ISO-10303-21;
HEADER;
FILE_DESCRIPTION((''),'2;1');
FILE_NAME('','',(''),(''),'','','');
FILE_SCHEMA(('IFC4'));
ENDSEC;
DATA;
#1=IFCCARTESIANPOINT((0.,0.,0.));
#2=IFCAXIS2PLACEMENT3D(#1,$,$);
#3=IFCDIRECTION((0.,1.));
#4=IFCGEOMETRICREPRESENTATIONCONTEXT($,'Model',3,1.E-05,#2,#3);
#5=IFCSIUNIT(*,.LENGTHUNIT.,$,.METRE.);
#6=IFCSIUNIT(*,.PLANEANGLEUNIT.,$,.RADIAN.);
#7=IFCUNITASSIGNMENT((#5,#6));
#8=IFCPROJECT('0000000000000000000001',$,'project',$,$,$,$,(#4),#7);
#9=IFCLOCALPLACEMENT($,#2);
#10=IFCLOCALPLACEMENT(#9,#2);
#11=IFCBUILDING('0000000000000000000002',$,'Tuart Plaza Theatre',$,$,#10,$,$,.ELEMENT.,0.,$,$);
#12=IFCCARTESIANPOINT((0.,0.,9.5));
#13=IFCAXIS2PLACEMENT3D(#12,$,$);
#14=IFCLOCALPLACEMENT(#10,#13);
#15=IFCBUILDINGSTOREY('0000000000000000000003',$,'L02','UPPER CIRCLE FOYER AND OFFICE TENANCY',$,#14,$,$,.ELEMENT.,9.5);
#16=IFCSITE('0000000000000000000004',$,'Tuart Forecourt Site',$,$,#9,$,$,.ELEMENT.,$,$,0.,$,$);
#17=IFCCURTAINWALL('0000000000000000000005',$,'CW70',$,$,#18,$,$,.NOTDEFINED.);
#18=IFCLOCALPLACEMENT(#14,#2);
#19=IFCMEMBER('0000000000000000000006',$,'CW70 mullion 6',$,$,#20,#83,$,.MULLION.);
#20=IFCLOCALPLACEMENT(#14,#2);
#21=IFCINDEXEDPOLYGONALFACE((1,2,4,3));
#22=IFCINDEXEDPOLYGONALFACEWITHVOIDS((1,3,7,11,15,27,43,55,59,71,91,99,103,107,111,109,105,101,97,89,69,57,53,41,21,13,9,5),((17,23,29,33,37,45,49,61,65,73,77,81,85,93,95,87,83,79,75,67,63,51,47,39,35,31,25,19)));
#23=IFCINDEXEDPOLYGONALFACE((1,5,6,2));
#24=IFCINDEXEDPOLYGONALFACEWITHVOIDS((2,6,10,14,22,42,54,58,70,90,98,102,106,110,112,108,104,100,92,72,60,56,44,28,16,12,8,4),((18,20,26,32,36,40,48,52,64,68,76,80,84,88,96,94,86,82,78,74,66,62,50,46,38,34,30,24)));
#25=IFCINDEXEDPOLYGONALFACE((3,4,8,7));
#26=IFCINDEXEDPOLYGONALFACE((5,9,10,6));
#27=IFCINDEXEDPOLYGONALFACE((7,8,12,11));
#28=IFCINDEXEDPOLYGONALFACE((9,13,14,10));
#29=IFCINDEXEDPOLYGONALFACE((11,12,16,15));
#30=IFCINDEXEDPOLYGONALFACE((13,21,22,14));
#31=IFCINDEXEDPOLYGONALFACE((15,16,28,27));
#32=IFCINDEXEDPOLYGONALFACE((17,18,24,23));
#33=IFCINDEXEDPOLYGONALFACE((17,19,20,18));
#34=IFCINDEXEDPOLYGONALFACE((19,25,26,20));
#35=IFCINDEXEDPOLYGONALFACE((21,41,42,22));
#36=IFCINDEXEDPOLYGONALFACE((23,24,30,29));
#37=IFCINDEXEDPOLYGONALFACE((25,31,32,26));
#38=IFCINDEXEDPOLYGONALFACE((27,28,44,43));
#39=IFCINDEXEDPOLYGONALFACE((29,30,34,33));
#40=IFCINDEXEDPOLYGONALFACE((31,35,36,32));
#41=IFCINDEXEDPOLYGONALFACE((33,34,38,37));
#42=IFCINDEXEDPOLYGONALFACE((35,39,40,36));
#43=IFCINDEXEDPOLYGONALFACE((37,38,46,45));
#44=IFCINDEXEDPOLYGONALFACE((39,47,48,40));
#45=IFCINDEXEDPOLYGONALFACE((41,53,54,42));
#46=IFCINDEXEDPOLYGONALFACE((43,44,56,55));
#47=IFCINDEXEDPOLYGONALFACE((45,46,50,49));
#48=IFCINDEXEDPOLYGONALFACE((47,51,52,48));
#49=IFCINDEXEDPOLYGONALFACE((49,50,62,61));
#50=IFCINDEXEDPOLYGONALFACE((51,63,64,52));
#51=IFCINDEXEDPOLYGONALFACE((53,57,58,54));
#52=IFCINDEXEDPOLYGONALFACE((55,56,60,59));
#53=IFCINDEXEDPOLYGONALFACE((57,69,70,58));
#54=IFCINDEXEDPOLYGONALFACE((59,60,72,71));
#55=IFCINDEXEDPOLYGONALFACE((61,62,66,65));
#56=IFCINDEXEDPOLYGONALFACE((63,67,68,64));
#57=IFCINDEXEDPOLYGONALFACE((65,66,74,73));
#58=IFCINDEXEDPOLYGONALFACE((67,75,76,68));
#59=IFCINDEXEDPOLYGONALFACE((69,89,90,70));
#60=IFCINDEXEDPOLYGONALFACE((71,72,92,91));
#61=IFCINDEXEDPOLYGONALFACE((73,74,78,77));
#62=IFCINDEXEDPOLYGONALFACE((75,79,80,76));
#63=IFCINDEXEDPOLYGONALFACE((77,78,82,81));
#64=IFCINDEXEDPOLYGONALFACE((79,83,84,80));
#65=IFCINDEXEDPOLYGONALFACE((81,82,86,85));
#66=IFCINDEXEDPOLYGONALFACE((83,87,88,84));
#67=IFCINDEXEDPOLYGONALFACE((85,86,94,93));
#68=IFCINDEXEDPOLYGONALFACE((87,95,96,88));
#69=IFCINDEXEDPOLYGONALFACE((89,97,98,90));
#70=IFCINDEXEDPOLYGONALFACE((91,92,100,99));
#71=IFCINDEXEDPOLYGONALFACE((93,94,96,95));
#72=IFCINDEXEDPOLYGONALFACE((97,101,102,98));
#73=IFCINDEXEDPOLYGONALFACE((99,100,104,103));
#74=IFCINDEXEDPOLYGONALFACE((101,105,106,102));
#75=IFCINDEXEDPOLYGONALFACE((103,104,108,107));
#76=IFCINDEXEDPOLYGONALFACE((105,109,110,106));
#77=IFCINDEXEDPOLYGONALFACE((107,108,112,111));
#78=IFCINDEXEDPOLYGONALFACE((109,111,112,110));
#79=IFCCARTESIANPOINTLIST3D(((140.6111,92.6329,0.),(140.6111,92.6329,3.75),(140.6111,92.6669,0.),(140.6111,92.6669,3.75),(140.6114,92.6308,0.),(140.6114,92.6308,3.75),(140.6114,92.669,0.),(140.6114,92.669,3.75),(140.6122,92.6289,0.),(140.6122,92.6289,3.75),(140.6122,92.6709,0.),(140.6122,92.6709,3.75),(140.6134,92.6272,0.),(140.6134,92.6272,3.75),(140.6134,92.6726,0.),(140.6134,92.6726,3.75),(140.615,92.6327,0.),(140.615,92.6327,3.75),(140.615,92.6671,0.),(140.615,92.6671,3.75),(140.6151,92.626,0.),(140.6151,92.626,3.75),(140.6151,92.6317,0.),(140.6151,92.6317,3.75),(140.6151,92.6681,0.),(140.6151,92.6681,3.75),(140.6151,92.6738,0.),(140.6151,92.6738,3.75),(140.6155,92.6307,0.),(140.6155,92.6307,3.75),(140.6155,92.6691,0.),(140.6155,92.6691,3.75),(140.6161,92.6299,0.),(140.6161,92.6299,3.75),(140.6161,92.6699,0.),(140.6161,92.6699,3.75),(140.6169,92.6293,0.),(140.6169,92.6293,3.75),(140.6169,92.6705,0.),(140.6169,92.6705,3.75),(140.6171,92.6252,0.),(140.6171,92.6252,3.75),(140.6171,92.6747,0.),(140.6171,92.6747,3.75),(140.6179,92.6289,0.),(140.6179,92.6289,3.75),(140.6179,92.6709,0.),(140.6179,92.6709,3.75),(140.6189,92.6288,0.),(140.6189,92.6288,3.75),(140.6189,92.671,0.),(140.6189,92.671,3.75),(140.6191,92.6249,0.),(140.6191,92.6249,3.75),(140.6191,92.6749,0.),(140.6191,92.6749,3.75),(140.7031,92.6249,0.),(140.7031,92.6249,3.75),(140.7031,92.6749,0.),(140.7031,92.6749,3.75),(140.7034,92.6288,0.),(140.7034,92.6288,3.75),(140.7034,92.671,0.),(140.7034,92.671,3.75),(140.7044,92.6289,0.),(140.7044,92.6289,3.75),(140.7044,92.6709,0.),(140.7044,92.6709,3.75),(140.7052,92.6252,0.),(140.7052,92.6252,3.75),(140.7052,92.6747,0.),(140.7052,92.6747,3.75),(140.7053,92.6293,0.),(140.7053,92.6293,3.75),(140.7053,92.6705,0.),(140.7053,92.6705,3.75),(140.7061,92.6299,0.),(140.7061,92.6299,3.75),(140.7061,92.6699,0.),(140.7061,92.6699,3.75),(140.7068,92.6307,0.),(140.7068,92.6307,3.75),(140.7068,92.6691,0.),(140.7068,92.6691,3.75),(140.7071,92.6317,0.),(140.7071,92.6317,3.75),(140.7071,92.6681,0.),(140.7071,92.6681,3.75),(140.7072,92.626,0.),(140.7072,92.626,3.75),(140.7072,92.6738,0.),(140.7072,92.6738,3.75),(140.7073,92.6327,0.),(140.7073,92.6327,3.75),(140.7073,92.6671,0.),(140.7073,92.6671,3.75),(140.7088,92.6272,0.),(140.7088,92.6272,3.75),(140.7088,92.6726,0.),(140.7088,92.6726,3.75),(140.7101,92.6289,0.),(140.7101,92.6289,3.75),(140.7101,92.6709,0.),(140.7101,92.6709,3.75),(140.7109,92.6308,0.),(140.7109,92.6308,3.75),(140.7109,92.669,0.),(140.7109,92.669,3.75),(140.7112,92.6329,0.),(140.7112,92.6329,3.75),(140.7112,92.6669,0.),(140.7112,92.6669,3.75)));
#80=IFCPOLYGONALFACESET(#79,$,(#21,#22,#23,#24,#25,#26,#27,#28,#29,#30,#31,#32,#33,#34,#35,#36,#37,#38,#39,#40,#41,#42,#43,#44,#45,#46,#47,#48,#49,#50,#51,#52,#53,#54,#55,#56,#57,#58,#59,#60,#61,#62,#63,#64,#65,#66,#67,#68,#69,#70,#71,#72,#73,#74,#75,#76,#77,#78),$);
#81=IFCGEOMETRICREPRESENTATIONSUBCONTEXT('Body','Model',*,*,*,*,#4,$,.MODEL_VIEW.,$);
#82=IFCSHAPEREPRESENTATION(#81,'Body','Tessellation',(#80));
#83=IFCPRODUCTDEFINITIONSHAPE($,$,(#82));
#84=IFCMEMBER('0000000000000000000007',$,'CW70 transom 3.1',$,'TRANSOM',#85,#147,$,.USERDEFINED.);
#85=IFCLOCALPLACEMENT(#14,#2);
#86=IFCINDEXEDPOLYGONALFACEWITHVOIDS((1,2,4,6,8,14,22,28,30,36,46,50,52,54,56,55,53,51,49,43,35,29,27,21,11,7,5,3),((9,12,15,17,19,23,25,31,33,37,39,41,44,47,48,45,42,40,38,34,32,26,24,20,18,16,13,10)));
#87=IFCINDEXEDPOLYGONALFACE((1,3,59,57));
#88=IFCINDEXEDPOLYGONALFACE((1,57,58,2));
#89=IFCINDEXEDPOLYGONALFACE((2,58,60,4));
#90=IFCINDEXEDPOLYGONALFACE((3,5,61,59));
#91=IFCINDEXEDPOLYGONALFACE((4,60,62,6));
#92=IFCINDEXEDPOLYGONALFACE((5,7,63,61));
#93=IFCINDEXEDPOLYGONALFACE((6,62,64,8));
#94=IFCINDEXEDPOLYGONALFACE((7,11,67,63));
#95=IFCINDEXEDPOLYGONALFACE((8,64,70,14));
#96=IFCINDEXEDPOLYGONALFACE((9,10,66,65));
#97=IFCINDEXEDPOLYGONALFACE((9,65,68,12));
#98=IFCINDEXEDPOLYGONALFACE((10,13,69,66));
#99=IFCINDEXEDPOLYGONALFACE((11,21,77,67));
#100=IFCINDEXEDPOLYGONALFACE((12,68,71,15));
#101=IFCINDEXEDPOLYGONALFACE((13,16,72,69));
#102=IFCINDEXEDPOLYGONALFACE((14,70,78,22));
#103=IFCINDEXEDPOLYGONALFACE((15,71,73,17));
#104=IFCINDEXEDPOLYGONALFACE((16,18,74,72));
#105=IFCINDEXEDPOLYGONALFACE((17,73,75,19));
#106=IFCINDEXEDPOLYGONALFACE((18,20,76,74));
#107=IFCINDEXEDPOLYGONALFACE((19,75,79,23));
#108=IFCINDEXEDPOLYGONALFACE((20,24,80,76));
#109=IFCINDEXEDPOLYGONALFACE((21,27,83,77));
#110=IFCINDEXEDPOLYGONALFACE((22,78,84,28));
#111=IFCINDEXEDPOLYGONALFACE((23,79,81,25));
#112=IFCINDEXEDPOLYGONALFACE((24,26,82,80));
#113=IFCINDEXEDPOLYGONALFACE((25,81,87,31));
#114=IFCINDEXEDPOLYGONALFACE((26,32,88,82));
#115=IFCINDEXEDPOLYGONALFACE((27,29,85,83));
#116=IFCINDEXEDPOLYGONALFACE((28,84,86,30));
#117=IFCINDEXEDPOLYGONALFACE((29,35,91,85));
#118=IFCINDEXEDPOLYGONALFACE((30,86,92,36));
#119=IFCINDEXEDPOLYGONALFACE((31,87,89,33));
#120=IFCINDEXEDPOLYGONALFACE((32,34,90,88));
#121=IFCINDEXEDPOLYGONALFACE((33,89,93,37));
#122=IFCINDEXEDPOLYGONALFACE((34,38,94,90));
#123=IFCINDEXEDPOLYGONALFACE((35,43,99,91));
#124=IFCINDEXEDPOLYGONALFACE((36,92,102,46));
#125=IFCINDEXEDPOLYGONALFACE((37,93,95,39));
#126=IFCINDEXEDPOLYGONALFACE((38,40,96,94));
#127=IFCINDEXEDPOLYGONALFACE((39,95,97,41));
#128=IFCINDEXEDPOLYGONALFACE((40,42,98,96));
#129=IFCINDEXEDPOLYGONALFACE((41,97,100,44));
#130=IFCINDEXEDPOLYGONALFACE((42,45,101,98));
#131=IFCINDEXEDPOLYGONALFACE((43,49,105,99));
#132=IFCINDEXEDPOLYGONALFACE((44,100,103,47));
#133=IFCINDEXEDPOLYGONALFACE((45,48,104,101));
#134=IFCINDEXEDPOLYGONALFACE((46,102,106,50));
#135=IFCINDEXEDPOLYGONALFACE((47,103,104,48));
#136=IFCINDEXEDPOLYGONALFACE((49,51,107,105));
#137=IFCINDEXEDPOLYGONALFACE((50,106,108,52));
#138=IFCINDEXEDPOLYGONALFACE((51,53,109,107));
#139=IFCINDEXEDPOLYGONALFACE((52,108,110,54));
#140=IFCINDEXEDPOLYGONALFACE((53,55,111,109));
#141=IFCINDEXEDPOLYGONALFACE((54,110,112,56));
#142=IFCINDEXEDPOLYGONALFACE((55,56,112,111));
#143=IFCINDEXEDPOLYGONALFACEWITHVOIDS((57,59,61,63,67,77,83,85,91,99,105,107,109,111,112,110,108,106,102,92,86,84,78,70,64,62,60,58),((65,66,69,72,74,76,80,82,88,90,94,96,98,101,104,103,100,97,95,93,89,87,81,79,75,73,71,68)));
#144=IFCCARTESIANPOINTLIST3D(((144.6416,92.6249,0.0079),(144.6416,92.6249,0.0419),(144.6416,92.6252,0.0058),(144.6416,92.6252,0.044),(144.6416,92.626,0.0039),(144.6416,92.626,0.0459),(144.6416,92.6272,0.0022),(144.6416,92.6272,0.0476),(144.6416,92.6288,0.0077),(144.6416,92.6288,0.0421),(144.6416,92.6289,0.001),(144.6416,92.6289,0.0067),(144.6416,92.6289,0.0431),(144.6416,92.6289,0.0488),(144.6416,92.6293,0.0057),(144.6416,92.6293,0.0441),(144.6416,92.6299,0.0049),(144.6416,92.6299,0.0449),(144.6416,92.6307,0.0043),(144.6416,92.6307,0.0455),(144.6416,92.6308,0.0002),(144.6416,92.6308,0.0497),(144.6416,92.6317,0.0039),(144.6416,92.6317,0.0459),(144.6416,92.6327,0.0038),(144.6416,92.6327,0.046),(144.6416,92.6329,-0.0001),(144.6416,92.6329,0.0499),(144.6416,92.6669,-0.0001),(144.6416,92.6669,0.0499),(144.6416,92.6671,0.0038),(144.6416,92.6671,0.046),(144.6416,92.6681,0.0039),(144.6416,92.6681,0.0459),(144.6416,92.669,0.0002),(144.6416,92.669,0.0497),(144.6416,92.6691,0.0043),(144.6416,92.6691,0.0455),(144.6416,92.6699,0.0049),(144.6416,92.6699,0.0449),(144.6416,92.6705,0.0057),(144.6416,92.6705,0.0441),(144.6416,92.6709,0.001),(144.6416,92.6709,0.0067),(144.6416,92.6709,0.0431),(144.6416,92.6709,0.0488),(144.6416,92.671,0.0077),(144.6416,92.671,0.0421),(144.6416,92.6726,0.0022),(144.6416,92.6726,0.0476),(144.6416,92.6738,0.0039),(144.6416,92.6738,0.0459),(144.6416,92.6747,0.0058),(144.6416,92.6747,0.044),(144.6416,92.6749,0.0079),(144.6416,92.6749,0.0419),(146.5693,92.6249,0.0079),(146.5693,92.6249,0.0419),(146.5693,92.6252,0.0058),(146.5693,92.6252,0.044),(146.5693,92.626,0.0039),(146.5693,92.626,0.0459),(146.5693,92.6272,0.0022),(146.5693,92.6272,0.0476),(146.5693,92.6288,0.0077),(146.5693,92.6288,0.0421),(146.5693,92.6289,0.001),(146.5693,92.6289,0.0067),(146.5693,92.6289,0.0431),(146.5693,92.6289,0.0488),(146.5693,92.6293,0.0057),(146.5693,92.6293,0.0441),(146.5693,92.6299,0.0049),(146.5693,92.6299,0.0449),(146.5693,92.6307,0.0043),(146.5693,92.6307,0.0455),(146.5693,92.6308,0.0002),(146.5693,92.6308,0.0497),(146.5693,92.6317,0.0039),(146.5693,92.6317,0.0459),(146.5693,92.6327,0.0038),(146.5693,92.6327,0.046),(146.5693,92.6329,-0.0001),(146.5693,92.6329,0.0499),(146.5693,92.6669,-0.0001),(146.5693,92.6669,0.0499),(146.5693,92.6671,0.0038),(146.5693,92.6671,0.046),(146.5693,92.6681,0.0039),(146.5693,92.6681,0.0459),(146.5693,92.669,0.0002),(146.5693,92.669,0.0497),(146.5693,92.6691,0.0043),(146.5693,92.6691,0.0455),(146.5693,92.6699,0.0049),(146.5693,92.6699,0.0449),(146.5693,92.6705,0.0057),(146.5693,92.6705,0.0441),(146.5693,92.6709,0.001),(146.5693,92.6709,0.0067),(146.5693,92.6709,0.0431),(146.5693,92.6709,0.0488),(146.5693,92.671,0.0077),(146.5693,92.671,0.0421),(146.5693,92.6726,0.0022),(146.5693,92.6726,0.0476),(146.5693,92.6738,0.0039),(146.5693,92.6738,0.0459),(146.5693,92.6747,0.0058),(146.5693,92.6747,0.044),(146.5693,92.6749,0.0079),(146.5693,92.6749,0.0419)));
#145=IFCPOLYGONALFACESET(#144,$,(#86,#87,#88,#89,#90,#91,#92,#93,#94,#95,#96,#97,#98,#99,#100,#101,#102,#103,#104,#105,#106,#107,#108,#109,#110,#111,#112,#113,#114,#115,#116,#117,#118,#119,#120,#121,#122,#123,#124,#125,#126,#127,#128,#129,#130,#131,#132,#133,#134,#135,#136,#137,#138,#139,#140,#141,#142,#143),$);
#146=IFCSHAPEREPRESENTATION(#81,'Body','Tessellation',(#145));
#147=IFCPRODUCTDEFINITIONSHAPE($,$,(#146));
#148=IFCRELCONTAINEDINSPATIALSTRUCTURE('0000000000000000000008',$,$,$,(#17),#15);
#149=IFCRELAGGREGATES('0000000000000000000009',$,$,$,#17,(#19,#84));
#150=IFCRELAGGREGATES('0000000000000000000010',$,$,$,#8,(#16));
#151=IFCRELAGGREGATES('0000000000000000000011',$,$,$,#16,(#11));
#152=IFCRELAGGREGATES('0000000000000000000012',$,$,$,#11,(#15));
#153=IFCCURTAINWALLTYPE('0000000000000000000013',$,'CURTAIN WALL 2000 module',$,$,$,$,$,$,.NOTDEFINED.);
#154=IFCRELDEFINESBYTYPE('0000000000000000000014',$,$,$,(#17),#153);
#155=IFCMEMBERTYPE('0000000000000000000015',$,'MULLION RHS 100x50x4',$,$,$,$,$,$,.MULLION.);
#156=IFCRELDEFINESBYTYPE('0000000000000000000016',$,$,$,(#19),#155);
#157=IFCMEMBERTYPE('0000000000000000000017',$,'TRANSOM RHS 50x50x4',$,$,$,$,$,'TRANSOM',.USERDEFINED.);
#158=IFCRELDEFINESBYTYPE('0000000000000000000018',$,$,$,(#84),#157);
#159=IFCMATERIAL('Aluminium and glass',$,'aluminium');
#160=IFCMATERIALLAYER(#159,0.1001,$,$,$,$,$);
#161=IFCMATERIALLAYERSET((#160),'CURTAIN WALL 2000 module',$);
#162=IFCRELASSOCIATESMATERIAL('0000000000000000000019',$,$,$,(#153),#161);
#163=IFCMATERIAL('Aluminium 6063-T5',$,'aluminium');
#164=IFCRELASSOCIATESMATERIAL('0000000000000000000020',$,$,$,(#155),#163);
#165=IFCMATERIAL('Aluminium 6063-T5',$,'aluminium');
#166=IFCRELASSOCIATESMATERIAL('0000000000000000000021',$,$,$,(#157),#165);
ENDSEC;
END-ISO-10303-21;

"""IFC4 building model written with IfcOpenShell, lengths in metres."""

from ifc_helpers import new_model, si_unit, direction, frame, origin, origin_2d, place, context, subcontext, project, spatial, hollow_rectangle, extrude, material, layer, layer_set, material_profile, profile_set, type_object, element, aggregate, save


model = new_model("IFC4")

# Units and contexts
model_context = context("Model", 3, precision=1e-05, world=origin(), true_north=direction((0.0, 1.0)))
body_context = subcontext(model_context, "Body", "Model", "MODEL_VIEW")
ifc_project = project(units=[si_unit("LENGTHUNIT", "METRE"), si_unit("PLANEANGLEUNIT", "RADIAN")], contexts=[model_context])

# Site, building, storey
site_placement = place(None, origin())
site = spatial("IfcSite", under=ifc_project, at=site_placement, Name="Tuart Forecourt Site", CompositionType="ELEMENT", RefElevation=0.0)
building_placement = place(site_placement, origin())
building = spatial("IfcBuilding", under=site, at=building_placement, Name="Tuart Plaza Theatre", CompositionType="ELEMENT", ElevationOfRefHeight=0.0)
storey_placement = place(building_placement, frame((0.0, 0.0, 9.5)))
storey = spatial("IfcBuildingStorey", under=building, at=storey_placement, Name="L02", Description="UPPER CIRCLE FOYER AND OFFICE TENANCY", CompositionType="ELEMENT", Elevation=9.5)

# Curtain wall, members
ifc_material_1 = material(Name="Aluminium and glass", Category="aluminium")
ifc_layer_1 = layer(ifc_material_1, 0.1001)
ifc_layer_set_1 = layer_set([ifc_layer_1], Name="CURTAIN WALL 2000 module")
curtain_wall_type = type_object("IfcCurtainWallType", Name="CURTAIN WALL 2000 module", PredefinedType="NOTDEFINED", material=ifc_layer_set_1)
curtain_wall_placement = place(storey_placement, origin())
curtain_wall = element("IfcCurtainWall", 1, at=curtain_wall_placement, inside=storey, type_object=curtain_wall_type, Name="CW70", PredefinedType="NOTDEFINED")
ifc_material_2 = material(Name="Aluminium 6063-T5", Category="aluminium")
ifc_material_profile_1 = material_profile(ifc_material_2, hollow_rectangle(XDim=0.05, YDim=0.1001, WallThickness=0.0039, InnerFilletRadius=0.0039, OuterFilletRadius=0.0081, at=origin_2d()), Name="RHS 100x50x4")
ifc_profile_set_1 = profile_set([ifc_material_profile_1], Name="Aluminium 6063-T5")
member_type_1 = type_object("IfcMemberType", Name="MULLION RHS 100x50x4", PredefinedType="MULLION", material=ifc_profile_set_1)
member_1_placement = place(storey_placement, frame((140.6611, 92.6499, 0.0), z_axis=(0.0, 0.0, 1.0), x_axis=(0.0, -1.0, 0.0)))
member_1 = element("IfcMember", 2, at=member_1_placement, type_object=member_type_1, Name="CW70 mullion 6", PredefinedType="MULLION", context=body_context, shape_type="SweptSolid", body=[
    extrude(hollow_rectangle(XDim=0.05, YDim=0.1001, WallThickness=0.0039, InnerFilletRadius=0.0039, OuterFilletRadius=0.0081, at=origin_2d()), origin(), (0.0, 0.0, 1.0), 3.75),
])
ifc_material_3 = material(Name="Aluminium 6063-T5", Category="aluminium")
ifc_material_profile_2 = material_profile(ifc_material_3, hollow_rectangle(XDim=0.05, YDim=0.05, WallThickness=0.0039, InnerFilletRadius=0.0039, OuterFilletRadius=0.0081, at=origin_2d()), Name="RHS 50x50x4")
ifc_profile_set_2 = profile_set([ifc_material_profile_2], Name="Aluminium 6063-T5")
member_type_2 = type_object("IfcMemberType", Name="TRANSOM RHS 50x50x4", ElementType="TRANSOM", PredefinedType="USERDEFINED", material=ifc_profile_set_2)
member_2_placement = place(storey_placement, frame((146.5693, 92.6499, 0.0249), z_axis=(-1.0, 0.0, 0.0), x_axis=(0.0, -1.0, 0.0)))
member_2 = element("IfcMember", 3, at=member_2_placement, type_object=member_type_2, Name="CW70 transom 3.1", ObjectType="TRANSOM", PredefinedType="USERDEFINED", context=body_context, shape_type="SweptSolid", body=[
    extrude(hollow_rectangle(XDim=0.05, YDim=0.05, WallThickness=0.0039, InnerFilletRadius=0.0039, OuterFilletRadius=0.0081, at=origin_2d()), origin(), (0.0, 0.0, 1.0), 1.9277),
])
aggregate(curtain_wall, [member_1, member_2])

save(model, "model.ifc")
